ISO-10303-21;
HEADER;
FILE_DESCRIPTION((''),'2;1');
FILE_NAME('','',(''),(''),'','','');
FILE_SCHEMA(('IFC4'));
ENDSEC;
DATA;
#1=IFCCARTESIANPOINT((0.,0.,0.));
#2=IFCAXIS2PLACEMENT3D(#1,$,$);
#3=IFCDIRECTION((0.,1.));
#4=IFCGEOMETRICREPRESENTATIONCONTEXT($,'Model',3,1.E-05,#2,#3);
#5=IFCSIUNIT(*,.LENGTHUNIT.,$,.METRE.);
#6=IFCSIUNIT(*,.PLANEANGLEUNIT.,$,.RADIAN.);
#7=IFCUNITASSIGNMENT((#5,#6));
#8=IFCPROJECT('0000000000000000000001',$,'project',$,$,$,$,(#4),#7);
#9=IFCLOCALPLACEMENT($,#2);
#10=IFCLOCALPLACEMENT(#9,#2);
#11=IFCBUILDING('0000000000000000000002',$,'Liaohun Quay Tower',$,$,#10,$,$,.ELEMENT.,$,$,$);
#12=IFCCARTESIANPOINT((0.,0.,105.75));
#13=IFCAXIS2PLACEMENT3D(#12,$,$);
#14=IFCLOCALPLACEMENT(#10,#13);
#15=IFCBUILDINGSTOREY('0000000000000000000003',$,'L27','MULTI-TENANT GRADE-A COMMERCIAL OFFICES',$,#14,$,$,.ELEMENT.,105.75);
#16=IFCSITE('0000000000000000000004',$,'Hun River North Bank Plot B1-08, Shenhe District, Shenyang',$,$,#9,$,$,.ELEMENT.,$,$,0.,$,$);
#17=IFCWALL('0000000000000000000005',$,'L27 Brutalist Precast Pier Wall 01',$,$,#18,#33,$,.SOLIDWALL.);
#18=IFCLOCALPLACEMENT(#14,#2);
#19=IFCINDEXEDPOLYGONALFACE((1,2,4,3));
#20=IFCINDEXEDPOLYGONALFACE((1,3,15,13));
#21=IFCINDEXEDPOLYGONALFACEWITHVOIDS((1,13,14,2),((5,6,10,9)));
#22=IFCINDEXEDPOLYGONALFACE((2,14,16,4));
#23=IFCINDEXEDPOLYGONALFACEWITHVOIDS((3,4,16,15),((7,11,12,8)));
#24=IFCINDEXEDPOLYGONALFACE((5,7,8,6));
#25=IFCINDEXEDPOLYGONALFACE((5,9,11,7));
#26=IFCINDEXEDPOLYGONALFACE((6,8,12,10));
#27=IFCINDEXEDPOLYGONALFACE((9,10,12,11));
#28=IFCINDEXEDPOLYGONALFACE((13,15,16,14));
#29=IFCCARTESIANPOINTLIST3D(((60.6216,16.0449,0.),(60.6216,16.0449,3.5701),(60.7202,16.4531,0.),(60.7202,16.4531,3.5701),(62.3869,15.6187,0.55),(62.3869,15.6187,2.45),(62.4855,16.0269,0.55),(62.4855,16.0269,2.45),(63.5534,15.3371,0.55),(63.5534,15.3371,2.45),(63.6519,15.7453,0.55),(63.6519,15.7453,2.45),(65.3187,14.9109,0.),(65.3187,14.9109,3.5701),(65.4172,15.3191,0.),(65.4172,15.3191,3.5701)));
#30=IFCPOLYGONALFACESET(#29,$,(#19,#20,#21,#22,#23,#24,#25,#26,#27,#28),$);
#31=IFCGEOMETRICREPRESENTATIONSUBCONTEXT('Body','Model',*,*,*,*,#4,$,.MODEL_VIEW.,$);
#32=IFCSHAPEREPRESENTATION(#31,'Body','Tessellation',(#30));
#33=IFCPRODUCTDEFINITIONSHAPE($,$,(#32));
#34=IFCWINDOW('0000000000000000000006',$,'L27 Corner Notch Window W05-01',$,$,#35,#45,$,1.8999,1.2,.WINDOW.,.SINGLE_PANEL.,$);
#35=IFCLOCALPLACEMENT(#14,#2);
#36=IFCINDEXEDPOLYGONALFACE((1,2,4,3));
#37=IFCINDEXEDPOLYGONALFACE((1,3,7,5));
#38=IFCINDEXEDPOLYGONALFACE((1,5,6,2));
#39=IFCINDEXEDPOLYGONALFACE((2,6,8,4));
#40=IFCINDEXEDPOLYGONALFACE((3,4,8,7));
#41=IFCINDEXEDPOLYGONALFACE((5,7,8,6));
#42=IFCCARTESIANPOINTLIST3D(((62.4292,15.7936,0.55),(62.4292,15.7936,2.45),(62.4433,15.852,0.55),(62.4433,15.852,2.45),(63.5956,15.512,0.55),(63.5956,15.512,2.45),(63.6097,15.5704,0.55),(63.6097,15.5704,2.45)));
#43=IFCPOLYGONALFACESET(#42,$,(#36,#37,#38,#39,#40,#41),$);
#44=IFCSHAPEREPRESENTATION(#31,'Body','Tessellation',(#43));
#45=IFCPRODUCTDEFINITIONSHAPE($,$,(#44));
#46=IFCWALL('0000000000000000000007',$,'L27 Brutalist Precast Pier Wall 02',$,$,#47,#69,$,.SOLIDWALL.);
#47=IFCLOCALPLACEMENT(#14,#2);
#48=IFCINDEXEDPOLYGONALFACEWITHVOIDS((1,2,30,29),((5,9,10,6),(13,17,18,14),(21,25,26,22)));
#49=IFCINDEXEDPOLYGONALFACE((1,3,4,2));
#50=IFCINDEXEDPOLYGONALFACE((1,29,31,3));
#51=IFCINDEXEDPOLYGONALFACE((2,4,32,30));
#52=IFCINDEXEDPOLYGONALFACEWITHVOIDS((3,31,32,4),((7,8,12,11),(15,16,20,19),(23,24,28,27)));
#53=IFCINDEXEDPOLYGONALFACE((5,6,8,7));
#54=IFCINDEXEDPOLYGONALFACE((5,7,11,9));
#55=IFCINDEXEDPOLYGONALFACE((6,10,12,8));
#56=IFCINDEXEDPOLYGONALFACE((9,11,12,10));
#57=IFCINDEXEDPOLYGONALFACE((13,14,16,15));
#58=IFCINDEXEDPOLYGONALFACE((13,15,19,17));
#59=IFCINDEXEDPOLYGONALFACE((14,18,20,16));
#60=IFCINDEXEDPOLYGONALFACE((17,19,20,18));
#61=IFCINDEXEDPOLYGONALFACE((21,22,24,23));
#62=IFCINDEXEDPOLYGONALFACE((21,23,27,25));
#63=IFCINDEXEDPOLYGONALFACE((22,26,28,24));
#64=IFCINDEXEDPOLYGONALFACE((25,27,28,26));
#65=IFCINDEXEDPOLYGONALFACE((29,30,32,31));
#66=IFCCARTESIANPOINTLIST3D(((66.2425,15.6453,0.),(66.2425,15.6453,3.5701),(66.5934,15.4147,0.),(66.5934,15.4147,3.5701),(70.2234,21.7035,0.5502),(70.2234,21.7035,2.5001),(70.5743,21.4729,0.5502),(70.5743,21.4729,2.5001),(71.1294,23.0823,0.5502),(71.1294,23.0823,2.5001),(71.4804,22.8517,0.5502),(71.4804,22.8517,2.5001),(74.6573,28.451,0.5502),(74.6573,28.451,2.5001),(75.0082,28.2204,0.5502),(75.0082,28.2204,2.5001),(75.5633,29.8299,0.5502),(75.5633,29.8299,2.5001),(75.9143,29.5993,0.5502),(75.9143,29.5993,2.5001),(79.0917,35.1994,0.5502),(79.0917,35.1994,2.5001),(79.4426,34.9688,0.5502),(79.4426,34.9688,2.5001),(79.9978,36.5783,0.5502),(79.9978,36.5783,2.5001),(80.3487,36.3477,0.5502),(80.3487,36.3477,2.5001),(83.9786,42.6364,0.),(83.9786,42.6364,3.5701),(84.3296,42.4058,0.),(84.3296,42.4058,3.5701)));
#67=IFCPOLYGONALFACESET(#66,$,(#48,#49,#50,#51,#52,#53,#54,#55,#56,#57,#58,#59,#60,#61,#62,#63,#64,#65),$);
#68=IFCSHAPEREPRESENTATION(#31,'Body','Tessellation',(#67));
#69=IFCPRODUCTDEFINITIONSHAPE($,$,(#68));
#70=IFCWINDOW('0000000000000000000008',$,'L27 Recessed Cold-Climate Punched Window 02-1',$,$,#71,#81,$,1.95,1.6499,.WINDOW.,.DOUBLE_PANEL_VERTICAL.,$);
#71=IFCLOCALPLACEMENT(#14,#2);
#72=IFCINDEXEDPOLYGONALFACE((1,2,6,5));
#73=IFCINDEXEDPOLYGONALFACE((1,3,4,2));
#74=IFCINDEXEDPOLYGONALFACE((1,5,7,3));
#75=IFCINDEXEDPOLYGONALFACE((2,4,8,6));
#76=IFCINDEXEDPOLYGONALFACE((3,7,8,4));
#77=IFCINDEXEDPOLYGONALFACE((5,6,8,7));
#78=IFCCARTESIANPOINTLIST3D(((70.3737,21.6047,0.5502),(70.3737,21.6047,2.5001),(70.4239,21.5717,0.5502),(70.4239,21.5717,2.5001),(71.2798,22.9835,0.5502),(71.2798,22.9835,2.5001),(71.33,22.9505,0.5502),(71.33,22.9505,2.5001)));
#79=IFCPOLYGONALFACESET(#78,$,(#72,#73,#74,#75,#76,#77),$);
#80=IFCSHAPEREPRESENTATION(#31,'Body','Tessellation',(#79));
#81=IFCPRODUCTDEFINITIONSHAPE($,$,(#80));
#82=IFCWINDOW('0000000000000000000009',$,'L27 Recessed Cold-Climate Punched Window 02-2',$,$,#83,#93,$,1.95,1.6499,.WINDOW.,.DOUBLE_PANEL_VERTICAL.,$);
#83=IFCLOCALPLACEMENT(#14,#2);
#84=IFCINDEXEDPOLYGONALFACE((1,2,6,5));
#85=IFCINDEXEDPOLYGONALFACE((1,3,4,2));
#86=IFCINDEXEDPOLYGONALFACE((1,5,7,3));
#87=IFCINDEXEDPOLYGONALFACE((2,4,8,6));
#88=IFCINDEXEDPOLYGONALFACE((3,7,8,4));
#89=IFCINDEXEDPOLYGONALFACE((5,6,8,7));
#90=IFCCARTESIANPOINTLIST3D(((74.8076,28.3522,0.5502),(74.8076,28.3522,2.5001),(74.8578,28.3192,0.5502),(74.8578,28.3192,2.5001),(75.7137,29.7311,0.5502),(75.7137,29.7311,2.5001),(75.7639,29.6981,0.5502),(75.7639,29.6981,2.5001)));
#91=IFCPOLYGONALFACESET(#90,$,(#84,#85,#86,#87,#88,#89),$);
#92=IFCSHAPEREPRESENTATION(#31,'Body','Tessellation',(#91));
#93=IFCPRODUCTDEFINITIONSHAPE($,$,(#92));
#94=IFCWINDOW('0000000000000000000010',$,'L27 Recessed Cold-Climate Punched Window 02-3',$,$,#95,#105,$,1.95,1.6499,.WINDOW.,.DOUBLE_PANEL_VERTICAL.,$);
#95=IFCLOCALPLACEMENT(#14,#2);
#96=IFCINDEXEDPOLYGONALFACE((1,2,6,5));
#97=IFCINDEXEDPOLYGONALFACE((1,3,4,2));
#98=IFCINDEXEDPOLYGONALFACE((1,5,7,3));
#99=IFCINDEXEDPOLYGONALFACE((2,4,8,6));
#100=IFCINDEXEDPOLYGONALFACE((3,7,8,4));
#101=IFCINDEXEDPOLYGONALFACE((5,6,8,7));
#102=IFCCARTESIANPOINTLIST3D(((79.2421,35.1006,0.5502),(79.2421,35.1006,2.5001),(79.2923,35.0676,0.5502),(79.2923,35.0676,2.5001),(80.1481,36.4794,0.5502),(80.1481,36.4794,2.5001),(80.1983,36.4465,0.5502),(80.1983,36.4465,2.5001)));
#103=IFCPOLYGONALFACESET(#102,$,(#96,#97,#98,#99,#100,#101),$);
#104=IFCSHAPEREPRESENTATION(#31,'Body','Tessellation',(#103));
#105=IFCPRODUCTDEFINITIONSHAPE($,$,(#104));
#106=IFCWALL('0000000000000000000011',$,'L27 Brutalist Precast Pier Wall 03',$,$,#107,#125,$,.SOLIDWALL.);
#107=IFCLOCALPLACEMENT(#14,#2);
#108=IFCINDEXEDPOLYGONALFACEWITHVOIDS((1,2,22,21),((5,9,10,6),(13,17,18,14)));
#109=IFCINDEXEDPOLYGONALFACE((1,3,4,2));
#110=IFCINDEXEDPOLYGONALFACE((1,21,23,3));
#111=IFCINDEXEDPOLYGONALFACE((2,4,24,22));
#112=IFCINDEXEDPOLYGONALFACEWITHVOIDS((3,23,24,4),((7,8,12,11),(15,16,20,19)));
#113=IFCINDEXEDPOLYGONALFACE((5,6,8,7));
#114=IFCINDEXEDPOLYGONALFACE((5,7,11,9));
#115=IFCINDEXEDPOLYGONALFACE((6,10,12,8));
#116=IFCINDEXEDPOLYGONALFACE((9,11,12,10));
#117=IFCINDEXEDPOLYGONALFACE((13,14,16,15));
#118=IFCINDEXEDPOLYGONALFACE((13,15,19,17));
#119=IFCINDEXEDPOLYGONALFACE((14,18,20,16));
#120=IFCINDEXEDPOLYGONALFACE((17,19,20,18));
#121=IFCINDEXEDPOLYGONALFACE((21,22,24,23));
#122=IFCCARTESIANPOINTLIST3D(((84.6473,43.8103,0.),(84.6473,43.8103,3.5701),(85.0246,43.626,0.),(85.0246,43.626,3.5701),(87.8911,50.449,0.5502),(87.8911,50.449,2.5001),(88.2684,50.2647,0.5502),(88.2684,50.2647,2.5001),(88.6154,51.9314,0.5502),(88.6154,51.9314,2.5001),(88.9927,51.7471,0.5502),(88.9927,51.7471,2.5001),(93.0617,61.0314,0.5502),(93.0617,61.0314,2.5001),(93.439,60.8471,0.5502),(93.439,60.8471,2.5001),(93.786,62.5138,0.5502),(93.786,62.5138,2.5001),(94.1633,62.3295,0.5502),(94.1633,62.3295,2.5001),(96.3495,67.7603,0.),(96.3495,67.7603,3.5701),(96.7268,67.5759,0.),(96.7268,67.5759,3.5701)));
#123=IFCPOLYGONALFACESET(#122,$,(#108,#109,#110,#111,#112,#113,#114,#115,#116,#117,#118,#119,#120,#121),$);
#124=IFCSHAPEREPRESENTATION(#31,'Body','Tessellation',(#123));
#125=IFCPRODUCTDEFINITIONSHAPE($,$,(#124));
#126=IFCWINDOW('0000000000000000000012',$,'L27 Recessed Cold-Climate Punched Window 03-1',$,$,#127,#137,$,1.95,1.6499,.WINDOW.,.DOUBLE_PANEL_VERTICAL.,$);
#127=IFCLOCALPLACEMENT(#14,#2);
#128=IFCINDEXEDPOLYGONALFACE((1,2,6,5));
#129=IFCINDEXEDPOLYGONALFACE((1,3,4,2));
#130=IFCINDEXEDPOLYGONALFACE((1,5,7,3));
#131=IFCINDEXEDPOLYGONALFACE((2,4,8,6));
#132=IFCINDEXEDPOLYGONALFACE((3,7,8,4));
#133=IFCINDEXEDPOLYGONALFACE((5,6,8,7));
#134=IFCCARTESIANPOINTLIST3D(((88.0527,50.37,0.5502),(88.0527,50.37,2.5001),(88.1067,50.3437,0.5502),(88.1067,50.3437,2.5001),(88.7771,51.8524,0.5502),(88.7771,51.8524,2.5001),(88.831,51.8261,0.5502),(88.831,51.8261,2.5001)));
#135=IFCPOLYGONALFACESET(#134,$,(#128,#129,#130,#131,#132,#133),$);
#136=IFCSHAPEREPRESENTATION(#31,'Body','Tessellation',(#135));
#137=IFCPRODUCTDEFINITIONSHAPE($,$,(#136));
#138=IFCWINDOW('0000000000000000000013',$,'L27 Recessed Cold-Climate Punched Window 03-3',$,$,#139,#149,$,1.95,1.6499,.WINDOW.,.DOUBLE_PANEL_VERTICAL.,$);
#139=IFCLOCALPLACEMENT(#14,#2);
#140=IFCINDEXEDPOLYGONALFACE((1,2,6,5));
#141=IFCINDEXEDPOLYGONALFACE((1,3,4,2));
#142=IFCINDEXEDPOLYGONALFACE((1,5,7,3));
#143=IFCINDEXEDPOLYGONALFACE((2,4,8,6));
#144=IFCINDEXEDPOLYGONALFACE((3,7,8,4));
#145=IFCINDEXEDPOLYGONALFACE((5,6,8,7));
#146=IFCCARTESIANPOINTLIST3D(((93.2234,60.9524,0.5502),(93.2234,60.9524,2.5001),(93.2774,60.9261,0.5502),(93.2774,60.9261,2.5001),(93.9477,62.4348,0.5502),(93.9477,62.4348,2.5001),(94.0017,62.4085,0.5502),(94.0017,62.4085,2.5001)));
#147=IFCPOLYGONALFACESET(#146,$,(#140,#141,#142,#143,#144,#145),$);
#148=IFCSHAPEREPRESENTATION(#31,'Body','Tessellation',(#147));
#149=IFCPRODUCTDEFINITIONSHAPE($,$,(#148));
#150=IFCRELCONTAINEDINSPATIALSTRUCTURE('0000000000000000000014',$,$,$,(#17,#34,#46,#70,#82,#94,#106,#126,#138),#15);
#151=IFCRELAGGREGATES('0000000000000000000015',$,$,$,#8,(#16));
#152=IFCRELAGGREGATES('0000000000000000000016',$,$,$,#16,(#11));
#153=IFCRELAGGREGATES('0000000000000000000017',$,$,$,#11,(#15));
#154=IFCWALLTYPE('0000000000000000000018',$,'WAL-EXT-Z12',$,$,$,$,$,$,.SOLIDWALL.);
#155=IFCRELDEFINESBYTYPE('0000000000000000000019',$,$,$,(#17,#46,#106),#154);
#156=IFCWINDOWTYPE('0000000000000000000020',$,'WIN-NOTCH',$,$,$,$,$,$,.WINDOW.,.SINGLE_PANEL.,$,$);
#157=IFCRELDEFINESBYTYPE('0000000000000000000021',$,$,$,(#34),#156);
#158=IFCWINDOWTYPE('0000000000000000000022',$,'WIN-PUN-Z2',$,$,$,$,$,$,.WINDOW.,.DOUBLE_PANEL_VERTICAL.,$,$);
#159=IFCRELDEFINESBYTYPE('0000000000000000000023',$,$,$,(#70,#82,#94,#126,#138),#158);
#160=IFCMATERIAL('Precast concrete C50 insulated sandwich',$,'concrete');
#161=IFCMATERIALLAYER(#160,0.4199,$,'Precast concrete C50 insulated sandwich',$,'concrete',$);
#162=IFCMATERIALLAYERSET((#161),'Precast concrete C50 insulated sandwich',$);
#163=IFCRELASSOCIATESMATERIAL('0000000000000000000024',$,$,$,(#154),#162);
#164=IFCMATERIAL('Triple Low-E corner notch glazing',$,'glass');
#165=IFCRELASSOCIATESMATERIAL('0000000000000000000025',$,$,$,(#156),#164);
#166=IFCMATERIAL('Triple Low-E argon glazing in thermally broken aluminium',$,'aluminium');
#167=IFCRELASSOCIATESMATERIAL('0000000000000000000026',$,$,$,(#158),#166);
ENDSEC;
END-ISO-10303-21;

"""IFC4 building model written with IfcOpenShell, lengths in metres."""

from ifc_helpers import new_model, si_unit, direction, frame, frame_2d, origin, place, context, subcontext, project, spatial, rectangle, extrude, source, transform, mapped, material, layer, layer_set, type_object, element, fill, save


model = new_model("IFC4")

# Units and contexts
model_context = context("Model", 3, precision=1e-05, world=origin(), true_north=direction((0.0, 1.0)))
body_context = subcontext(model_context, "Body", "Model", "MODEL_VIEW")
ifc_project = project(units=[si_unit("LENGTHUNIT", "METRE"), si_unit("PLANEANGLEUNIT", "RADIAN")], contexts=[model_context])

# Site, building, storey
site_placement = place(None, origin())
site = spatial("IfcSite", under=ifc_project, at=site_placement, Name="Hun River North Bank Plot B1-08, Shenhe District, Shenyang", CompositionType="ELEMENT", RefElevation=0.0)
building_placement = place(site_placement, origin())
building = spatial("IfcBuilding", under=site, at=building_placement, Name="Liaohun Quay Tower", CompositionType="ELEMENT")
storey_placement = place(building_placement, frame((0.0, 0.0, 105.75)))
storey = spatial("IfcBuildingStorey", under=building, at=storey_placement, Name="L27", Description="MULTI-TENANT GRADE-A COMMERCIAL OFFICES", CompositionType="ELEMENT", Elevation=105.75)

# Wall, opening, window
ifc_material_1 = material(Name="Precast concrete C50 insulated sandwich", Category="concrete")
ifc_layer_1 = layer(ifc_material_1, 0.4199, Name="Precast concrete C50 insulated sandwich", Category="concrete")
ifc_layer_set_1 = layer_set([ifc_layer_1], Name="Precast concrete C50 insulated sandwich")
wall_type_1 = type_object("IfcWallType", Name="WAL-EXT-Z12", PredefinedType="SOLIDWALL", material=ifc_layer_set_1)
wall_1_placement = place(storey_placement, frame((60.6709, 16.249, 0.0), z_axis=(0.0, 0.0, 1.0), x_axis=(0.972069, -0.234693, 0.0)))
wall_1 = element("IfcWall", 1, at=wall_1_placement, inside=storey, type_object=wall_type_1, Name="L27 Brutalist Precast Pier Wall 01", PredefinedType="SOLIDWALL", context=body_context, shape_type="SweptSolid", body=[
    extrude(rectangle(XDim=4.832, YDim=0.4199, at=frame_2d((2.416, 0.0))), origin(), (0.0, 0.0, 1.0), 3.5701),
])
shared_shape_1 = source(origin(), body_context, "Body", "SweptSolid", [
    extrude(rectangle(XDim=1.2, YDim=1.8999, at=frame_2d((0.6001, 0.95))), frame((0.0, 0.22, 0.0), z_axis=(0.0, -1.0, 0.0), x_axis=(1.0, 0.0, 0.0)), (0.0, 0.0, 1.0), 0.4399),
])
opening_1_placement = place(wall_1_placement, frame((1.8159, 0.0, 0.55)))
opening_1 = element("IfcOpeningElement", 2, at=opening_1_placement, cuts=wall_1, PredefinedType="OPENING", context=body_context, shape_type="MappedRepresentation", body=[
    mapped(shared_shape_1, transform((0.0, 0.0, 0.0), x_axis=(1.0, 0.0, 0.0), y_axis=(0.0, 1.0, 0.0), z_axis=(0.0, 0.0, 1.0), scale=1.0)),
])
ifc_material_2 = material(Name="Triple Low-E corner notch glazing", Category="glass")
window_type_1 = type_object("IfcWindowType", Name="WIN-NOTCH", PartitioningType="SINGLE_PANEL", PredefinedType="WINDOW", material=ifc_material_2)
shared_shape_2 = source(origin(), body_context, "Body", "SweptSolid", [
    extrude(rectangle(XDim=1.2, YDim=1.8999, at=frame_2d((0.6001, 0.95))), frame((0.0, 0.03, 0.0), z_axis=(0.0, -1.0, 0.0), x_axis=(1.0, 0.0, 0.0)), (0.0, 0.0, 1.0), 0.0601),
])
window_1_placement = place(opening_1_placement, origin())
window_1 = element("IfcWindow", 3, at=window_1_placement, inside=storey, type_object=window_type_1, Name="L27 Corner Notch Window W05-01", OverallHeight=1.8999, OverallWidth=1.2, PartitioningType="SINGLE_PANEL", PredefinedType="WINDOW", context=body_context, shape_type="MappedRepresentation", body=[
    mapped(shared_shape_2, transform((0.0, 0.0, 0.0), x_axis=(1.0, 0.0, 0.0), y_axis=(0.0, 1.0, 0.0), z_axis=(0.0, 0.0, 1.0), scale=1.0)),
])
fill(opening_1, window_1)

# Walls, openings, windows
wall_2_placement = place(storey_placement, frame((66.418, 15.53, 0.0), z_axis=(0.0, 0.0, 1.0), x_axis=(0.54916, 0.835717, 0.0)))
wall_2 = element("IfcWall", 4, at=wall_2_placement, inside=storey, type_object=wall_type_1, Name="L27 Brutalist Precast Pier Wall 02", PredefinedType="SOLIDWALL", context=body_context, shape_type="SweptSolid", body=[
    extrude(rectangle(XDim=32.2969, YDim=0.4199, at=frame_2d((16.1484, 0.0))), origin(), (0.0, 0.0, 1.0), 3.5701),
])
shared_shape_3 = source(origin(), body_context, "Body", "SweptSolid", [
    extrude(rectangle(XDim=1.6499, YDim=1.95, at=frame_2d((0.825, 0.9751))), frame((0.0, 0.22, 0.0), z_axis=(0.0, -1.0, 0.0), x_axis=(1.0, 0.0, 0.0)), (0.0, 0.0, 1.0), 0.4399),
])
opening_2_placement = place(wall_2_placement, frame((7.249, 0.0, 0.55)))
opening_2 = element("IfcOpeningElement", 5, at=opening_2_placement, cuts=wall_2, PredefinedType="OPENING", context=body_context, shape_type="MappedRepresentation", body=[
    mapped(shared_shape_3, transform((0.0, 0.0, 0.0), x_axis=(1.0, 0.0, 0.0), y_axis=(0.0, 1.0, 0.0), z_axis=(0.0, 0.0, 1.0), scale=1.0)),
])
opening_3_placement = place(wall_2_placement, frame((15.323, 0.0, 0.55)))
opening_3 = element("IfcOpeningElement", 6, at=opening_3_placement, cuts=wall_2, PredefinedType="OPENING", context=body_context, shape_type="MappedRepresentation", body=[
    mapped(shared_shape_3, transform((0.0, 0.0, 0.0), x_axis=(1.0, 0.0, 0.0), y_axis=(0.0, 1.0, 0.0), z_axis=(0.0, 0.0, 1.0), scale=1.0)),
])
opening_4_placement = place(wall_2_placement, frame((23.3979, 0.0, 0.55)))
opening_4 = element("IfcOpeningElement", 7, at=opening_4_placement, cuts=wall_2, PredefinedType="OPENING", context=body_context, shape_type="MappedRepresentation", body=[
    mapped(shared_shape_3, transform((0.0, 0.0, 0.0), x_axis=(1.0, 0.0, 0.0), y_axis=(0.0, 1.0, 0.0), z_axis=(0.0, 0.0, 1.0), scale=1.0)),
])
ifc_material_3 = material(Name="Triple Low-E argon glazing in thermally broken aluminium", Category="aluminium")
window_type_2 = type_object("IfcWindowType", Name="WIN-PUN-Z2", PartitioningType="DOUBLE_PANEL_VERTICAL", PredefinedType="WINDOW", material=ifc_material_3)
shared_shape_4 = source(origin(), body_context, "Body", "SweptSolid", [
    extrude(rectangle(XDim=1.6499, YDim=1.95, at=frame_2d((0.825, 0.9751))), frame((0.0, 0.03, 0.0), z_axis=(0.0, -1.0, 0.0), x_axis=(1.0, 0.0, 0.0)), (0.0, 0.0, 1.0), 0.0601),
])
window_2_placement = place(opening_2_placement, origin())
window_2 = element("IfcWindow", 8, at=window_2_placement, inside=storey, type_object=window_type_2, Name="L27 Recessed Cold-Climate Punched Window 02-1", OverallHeight=1.95, OverallWidth=1.6499, PartitioningType="DOUBLE_PANEL_VERTICAL", PredefinedType="WINDOW", context=body_context, shape_type="MappedRepresentation", body=[
    mapped(shared_shape_4, transform((0.0, 0.0, 0.0), x_axis=(1.0, 0.0, 0.0), y_axis=(0.0, 1.0, 0.0), z_axis=(0.0, 0.0, 1.0), scale=1.0)),
])
fill(opening_2, window_2)
window_3_placement = place(opening_3_placement, origin())
window_3 = element("IfcWindow", 9, at=window_3_placement, inside=storey, type_object=window_type_2, Name="L27 Recessed Cold-Climate Punched Window 02-2", OverallHeight=1.95, OverallWidth=1.6499, PartitioningType="DOUBLE_PANEL_VERTICAL", PredefinedType="WINDOW", context=body_context, shape_type="MappedRepresentation", body=[
    mapped(shared_shape_4, transform((0.0, 0.0, 0.0), x_axis=(1.0, 0.0, 0.0), y_axis=(0.0, 1.0, 0.0), z_axis=(0.0, 0.0, 1.0), scale=1.0)),
])
fill(opening_3, window_3)
window_4_placement = place(opening_4_placement, origin())
window_4 = element("IfcWindow", 10, at=window_4_placement, inside=storey, type_object=window_type_2, Name="L27 Recessed Cold-Climate Punched Window 02-3", OverallHeight=1.95, OverallWidth=1.6499, PartitioningType="DOUBLE_PANEL_VERTICAL", PredefinedType="WINDOW", context=body_context, shape_type="MappedRepresentation", body=[
    mapped(shared_shape_4, transform((0.0, 0.0, 0.0), x_axis=(1.0, 0.0, 0.0), y_axis=(0.0, 1.0, 0.0), z_axis=(0.0, 0.0, 1.0), scale=1.0)),
])
fill(opening_4, window_4)
wall_3_placement = place(storey_placement, frame((84.8359, 43.718, 0.0), z_axis=(0.0, 0.0, 1.0), x_axis=(0.439007, 0.898484, 0.0)))
wall_3 = element("IfcWall", 11, at=wall_3_placement, inside=storey, type_object=wall_type_1, Name="L27 Brutalist Precast Pier Wall 03", PredefinedType="SOLIDWALL", context=body_context, shape_type="SweptSolid", body=[
    extrude(rectangle(XDim=26.656, YDim=0.4199, at=frame_2d((13.3281, 0.0))), origin(), (0.0, 0.0, 1.0), 3.5701),
])
opening_5_placement = place(wall_3_placement, frame((7.3889, 0.0, 0.55)))
opening_5 = element("IfcOpeningElement", 12, at=opening_5_placement, cuts=wall_3, PredefinedType="OPENING", context=body_context, shape_type="MappedRepresentation", body=[
    mapped(shared_shape_3, transform((0.0, 0.0, 0.0), x_axis=(1.0, 0.0, 0.0), y_axis=(0.0, 1.0, 0.0), z_axis=(0.0, 0.0, 1.0), scale=1.0)),
])
opening_6_placement = place(wall_3_placement, frame((19.167, 0.0, 0.55)))
opening_6 = element("IfcOpeningElement", 13, at=opening_6_placement, cuts=wall_3, PredefinedType="OPENING", context=body_context, shape_type="MappedRepresentation", body=[
    mapped(shared_shape_3, transform((0.0, 0.0, 0.0), x_axis=(1.0, 0.0, 0.0), y_axis=(0.0, 1.0, 0.0), z_axis=(0.0, 0.0, 1.0), scale=1.0)),
])
window_5_placement = place(opening_5_placement, origin())
window_5 = element("IfcWindow", 14, at=window_5_placement, inside=storey, type_object=window_type_2, Name="L27 Recessed Cold-Climate Punched Window 03-1", OverallHeight=1.95, OverallWidth=1.6499, PartitioningType="DOUBLE_PANEL_VERTICAL", PredefinedType="WINDOW", context=body_context, shape_type="MappedRepresentation", body=[
    mapped(shared_shape_4, transform((0.0, 0.0, 0.0), x_axis=(1.0, 0.0, 0.0), y_axis=(0.0, 1.0, 0.0), z_axis=(0.0, 0.0, 1.0), scale=1.0)),
])
fill(opening_5, window_5)
window_6_placement = place(opening_6_placement, origin())
window_6 = element("IfcWindow", 15, at=window_6_placement, inside=storey, type_object=window_type_2, Name="L27 Recessed Cold-Climate Punched Window 03-3", OverallHeight=1.95, OverallWidth=1.6499, PartitioningType="DOUBLE_PANEL_VERTICAL", PredefinedType="WINDOW", context=body_context, shape_type="MappedRepresentation", body=[
    mapped(shared_shape_4, transform((0.0, 0.0, 0.0), x_axis=(1.0, 0.0, 0.0), y_axis=(0.0, 1.0, 0.0), z_axis=(0.0, 0.0, 1.0), scale=1.0)),
])
fill(opening_6, window_6)

save(model, "model.ifc")
